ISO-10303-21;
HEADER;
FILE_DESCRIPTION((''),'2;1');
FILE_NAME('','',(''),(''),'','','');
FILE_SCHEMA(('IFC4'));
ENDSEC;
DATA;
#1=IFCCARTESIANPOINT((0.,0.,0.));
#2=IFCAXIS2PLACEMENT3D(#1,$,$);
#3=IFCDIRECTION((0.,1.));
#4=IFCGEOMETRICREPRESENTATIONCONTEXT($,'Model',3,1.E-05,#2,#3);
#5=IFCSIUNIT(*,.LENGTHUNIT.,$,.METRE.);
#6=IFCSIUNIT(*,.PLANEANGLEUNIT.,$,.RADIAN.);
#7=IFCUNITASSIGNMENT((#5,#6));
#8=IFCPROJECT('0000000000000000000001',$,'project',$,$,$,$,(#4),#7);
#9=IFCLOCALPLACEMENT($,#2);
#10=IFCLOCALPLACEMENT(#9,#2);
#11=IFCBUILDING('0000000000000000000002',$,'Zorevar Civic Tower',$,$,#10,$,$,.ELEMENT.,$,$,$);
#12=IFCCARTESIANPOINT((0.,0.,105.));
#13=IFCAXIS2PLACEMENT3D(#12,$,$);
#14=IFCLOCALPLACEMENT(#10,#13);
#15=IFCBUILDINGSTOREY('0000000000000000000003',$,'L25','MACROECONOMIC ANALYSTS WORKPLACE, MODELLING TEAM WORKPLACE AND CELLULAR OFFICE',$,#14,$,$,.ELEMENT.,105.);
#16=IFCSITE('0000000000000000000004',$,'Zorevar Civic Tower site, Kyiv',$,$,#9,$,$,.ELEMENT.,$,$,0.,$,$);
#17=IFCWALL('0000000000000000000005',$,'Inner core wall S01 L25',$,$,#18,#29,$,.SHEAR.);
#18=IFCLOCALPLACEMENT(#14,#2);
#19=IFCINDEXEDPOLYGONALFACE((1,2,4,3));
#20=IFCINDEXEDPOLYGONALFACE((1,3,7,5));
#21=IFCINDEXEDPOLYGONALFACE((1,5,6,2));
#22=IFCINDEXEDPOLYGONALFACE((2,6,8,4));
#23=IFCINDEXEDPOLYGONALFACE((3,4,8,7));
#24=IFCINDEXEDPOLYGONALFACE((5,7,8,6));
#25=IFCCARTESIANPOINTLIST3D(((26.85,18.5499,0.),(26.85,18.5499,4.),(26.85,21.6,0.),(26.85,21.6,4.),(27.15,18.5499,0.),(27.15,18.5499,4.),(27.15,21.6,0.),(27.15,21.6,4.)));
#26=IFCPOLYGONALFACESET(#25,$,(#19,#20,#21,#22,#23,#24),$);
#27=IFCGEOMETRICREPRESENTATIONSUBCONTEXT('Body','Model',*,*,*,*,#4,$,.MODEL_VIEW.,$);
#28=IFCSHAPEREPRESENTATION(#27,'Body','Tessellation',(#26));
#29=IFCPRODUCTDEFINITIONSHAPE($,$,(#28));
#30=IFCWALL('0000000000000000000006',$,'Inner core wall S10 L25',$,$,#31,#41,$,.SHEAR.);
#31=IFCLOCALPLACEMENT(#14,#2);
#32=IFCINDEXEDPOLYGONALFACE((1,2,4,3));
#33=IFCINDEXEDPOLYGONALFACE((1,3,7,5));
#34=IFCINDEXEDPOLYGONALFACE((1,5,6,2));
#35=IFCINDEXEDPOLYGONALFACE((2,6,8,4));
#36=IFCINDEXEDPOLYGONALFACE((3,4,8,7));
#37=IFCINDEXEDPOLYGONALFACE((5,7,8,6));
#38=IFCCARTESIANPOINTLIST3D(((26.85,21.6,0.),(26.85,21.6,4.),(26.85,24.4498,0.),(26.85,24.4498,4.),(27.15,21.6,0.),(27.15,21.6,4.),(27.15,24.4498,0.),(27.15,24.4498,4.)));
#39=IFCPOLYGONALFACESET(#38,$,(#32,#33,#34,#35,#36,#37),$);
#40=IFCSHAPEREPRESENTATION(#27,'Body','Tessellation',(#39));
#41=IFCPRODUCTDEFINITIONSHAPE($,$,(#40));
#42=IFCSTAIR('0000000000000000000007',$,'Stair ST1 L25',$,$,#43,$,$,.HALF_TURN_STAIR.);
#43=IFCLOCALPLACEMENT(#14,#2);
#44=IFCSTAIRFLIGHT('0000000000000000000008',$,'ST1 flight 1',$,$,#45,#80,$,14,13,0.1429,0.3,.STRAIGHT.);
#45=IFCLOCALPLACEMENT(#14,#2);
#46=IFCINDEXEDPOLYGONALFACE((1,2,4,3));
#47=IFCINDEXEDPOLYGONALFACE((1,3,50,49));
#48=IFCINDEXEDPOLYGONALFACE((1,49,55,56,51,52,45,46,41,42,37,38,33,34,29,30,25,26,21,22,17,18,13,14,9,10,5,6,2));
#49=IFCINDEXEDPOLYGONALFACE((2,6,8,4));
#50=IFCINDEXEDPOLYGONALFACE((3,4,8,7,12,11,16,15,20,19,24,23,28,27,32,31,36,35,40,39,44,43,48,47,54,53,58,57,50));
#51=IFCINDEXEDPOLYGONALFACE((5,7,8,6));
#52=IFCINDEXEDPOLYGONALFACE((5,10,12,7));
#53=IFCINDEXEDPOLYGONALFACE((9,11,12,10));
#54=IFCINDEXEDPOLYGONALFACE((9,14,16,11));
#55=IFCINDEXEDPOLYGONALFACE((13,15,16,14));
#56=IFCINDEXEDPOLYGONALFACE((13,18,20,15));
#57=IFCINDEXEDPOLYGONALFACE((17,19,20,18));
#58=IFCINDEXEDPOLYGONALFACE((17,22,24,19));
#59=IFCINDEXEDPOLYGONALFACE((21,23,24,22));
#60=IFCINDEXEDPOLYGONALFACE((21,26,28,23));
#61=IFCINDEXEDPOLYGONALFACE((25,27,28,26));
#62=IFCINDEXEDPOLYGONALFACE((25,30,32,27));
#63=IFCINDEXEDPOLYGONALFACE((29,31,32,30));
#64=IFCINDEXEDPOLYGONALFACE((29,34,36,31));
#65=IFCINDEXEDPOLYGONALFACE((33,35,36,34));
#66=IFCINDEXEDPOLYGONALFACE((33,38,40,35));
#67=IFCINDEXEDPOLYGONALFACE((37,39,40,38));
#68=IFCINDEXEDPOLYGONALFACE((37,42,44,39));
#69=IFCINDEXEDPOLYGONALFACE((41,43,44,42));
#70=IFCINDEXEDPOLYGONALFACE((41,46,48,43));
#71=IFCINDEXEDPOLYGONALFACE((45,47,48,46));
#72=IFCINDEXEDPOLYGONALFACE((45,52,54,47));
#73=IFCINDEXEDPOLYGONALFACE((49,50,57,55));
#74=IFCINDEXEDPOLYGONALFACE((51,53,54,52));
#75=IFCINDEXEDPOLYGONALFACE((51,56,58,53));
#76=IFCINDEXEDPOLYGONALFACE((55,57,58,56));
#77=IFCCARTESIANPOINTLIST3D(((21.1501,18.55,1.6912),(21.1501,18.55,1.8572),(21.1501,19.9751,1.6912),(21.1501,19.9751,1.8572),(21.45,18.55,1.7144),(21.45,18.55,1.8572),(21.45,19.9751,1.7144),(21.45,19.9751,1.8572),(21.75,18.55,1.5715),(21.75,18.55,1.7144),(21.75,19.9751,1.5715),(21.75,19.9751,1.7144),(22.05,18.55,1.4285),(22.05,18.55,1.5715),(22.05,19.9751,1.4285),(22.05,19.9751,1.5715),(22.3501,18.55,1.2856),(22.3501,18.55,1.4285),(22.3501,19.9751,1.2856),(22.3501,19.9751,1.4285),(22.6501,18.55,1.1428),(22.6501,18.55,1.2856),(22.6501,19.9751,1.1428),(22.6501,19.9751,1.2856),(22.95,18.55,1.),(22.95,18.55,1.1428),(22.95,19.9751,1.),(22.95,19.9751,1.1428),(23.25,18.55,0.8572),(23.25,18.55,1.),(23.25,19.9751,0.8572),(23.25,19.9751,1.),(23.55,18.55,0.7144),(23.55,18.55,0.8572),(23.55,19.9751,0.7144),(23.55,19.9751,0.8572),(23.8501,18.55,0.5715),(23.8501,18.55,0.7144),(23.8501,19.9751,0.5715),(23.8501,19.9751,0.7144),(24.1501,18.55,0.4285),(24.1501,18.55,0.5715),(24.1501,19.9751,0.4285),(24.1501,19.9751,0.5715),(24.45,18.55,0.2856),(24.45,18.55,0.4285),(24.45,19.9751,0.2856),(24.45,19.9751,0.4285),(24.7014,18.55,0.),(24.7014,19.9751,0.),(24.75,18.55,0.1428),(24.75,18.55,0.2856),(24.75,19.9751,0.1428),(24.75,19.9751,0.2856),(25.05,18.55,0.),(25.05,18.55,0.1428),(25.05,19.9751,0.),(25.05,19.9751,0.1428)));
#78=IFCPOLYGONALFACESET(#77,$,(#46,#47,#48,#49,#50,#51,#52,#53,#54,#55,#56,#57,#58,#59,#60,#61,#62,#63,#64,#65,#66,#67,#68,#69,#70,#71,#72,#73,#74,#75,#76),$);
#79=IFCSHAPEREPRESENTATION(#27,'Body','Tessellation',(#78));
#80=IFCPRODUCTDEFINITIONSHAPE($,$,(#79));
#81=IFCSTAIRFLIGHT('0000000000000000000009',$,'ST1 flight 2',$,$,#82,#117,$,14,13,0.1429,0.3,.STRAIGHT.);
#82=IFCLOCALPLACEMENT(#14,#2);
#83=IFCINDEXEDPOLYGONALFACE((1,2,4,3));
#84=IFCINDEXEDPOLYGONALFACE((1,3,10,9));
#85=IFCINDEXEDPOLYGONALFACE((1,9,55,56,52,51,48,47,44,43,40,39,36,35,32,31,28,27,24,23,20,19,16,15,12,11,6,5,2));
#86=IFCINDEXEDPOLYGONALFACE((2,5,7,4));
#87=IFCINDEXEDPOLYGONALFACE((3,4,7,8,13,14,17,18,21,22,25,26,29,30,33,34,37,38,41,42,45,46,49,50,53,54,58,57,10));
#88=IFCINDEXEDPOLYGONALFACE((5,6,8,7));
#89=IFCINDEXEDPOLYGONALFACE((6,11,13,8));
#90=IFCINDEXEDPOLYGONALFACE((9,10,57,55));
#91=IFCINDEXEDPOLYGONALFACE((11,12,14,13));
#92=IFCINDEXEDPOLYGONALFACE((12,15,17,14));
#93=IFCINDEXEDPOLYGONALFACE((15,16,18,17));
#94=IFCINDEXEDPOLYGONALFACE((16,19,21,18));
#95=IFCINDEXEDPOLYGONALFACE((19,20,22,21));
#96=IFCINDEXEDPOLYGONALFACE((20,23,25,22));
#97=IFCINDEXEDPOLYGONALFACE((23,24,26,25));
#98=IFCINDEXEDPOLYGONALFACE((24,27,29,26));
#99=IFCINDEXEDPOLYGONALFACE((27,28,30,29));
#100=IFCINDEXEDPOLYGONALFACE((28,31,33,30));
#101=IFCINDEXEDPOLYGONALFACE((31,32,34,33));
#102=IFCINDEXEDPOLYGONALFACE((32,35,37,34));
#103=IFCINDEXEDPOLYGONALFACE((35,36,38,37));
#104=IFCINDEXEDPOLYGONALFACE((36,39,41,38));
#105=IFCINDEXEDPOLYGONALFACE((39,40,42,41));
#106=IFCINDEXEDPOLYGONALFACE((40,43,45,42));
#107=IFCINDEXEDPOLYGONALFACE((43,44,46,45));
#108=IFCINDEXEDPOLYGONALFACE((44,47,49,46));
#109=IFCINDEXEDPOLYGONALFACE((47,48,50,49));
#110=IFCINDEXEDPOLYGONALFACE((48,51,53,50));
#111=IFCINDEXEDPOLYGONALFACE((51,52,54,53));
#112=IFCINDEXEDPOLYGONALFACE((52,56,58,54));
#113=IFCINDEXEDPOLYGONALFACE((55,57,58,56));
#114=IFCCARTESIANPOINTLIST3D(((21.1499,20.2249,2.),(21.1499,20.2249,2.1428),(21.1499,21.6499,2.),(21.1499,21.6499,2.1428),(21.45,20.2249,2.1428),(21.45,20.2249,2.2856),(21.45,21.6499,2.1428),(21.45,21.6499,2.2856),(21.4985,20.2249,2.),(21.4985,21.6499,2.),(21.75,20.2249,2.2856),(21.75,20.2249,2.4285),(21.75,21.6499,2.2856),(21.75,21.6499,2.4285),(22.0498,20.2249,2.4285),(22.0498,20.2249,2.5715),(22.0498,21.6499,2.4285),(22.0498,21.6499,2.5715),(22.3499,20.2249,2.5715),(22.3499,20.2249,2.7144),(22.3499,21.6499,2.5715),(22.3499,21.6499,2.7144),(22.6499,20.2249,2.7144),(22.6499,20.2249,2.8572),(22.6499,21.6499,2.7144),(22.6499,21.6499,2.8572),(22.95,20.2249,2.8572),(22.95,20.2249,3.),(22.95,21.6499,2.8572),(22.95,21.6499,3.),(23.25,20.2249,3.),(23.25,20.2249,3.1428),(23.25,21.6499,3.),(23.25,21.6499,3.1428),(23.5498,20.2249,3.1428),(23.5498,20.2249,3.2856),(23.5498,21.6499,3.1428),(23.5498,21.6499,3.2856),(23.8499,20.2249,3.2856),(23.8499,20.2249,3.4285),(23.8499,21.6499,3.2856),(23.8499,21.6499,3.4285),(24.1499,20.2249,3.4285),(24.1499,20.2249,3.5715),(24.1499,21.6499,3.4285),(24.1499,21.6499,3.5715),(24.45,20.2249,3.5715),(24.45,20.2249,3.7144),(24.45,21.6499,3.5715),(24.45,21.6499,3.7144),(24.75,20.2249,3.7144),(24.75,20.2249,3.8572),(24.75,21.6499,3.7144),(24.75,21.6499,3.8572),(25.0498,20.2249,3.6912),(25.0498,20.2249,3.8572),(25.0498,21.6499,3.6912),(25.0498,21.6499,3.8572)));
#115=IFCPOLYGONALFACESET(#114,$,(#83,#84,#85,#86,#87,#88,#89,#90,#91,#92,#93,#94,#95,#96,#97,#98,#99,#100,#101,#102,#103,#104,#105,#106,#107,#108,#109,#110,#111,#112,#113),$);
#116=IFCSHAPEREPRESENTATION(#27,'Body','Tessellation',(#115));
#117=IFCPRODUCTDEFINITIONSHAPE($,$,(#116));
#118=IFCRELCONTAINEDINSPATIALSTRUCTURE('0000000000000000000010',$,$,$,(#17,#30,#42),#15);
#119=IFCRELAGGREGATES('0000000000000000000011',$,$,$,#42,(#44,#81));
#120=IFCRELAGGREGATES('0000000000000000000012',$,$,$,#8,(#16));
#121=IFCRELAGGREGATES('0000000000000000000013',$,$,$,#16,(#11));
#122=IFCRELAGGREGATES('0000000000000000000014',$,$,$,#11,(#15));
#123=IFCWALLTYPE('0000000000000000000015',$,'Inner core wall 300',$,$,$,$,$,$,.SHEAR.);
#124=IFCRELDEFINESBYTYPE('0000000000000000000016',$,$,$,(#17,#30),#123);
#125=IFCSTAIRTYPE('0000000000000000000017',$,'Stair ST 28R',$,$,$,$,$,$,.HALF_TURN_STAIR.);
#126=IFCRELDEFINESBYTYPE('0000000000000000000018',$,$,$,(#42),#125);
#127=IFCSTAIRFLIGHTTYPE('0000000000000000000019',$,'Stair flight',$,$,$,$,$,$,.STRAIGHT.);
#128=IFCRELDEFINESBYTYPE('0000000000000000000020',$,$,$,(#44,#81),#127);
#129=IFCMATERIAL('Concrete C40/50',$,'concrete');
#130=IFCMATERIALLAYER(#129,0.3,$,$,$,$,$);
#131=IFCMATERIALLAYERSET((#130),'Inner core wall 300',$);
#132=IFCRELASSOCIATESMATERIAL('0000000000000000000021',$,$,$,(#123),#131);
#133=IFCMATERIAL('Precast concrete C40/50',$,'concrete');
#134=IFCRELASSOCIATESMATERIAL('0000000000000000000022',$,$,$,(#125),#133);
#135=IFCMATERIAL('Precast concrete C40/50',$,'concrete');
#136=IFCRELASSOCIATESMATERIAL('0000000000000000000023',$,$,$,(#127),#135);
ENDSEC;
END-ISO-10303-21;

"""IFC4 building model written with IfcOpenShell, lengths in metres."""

from ifc_helpers import new_model, si_unit, direction, frame, frame_2d, origin, place, context, subcontext, project, spatial, polyline, rectangle, outline, extrude, material, layer, layer_set, type_object, element, aggregate, save


model = new_model("IFC4")

# Units and contexts
model_context = context("Model", 3, precision=1e-05, world=origin(), true_north=direction((0.0, 1.0)))
body_context = subcontext(model_context, "Body", "Model", "MODEL_VIEW")
ifc_project = project(units=[si_unit("LENGTHUNIT", "METRE"), si_unit("PLANEANGLEUNIT", "RADIAN")], contexts=[model_context])

# Site, building, storey
site_placement = place(None, origin())
site = spatial("IfcSite", under=ifc_project, at=site_placement, Name="Zorevar Civic Tower site, Kyiv", CompositionType="ELEMENT", RefElevation=0.0)
building_placement = place(site_placement, origin())
building = spatial("IfcBuilding", under=site, at=building_placement, Name="Zorevar Civic Tower", CompositionType="ELEMENT")
storey_placement = place(building_placement, frame((0.0, 0.0, 105.0)))
storey = spatial("IfcBuildingStorey", under=building, at=storey_placement, Name="L25", Description="MACROECONOMIC ANALYSTS WORKPLACE, MODELLING TEAM WORKPLACE AND CELLULAR OFFICE", CompositionType="ELEMENT", Elevation=105.0)

# Walls
ifc_material_1 = material(Name="Concrete C40/50", Category="concrete")
ifc_layer_1 = layer(ifc_material_1, 0.3)
ifc_layer_set_1 = layer_set([ifc_layer_1], Name="Inner core wall 300")
wall_type_1 = type_object("IfcWallType", Name="Inner core wall 300", PredefinedType="SHEAR", material=ifc_layer_set_1)
wall_1_placement = place(storey_placement, frame((27.0, 18.55, 0.0), z_axis=(0.0, 0.0, 1.0), x_axis=(0.0, 1.0, 0.0)))
element("IfcWall", 1, at=wall_1_placement, inside=storey, type_object=wall_type_1, Name="Inner core wall S01 L25", PredefinedType="SHEAR", context=body_context, shape_type="SweptSolid", body=[
    extrude(rectangle(XDim=3.05, YDim=0.3, at=frame_2d((1.5249, 0.0))), origin(), (0.0, 0.0, 1.0), 4.0),
])
wall_2_placement = place(storey_placement, frame((27.0, 21.6001, 0.0), z_axis=(0.0, 0.0, 1.0), x_axis=(0.0, 1.0, 0.0)))
element("IfcWall", 2, at=wall_2_placement, inside=storey, type_object=wall_type_1, Name="Inner core wall S10 L25", PredefinedType="SHEAR", context=body_context, shape_type="SweptSolid", body=[
    extrude(rectangle(XDim=2.8499, YDim=0.3, at=frame_2d((1.4248, 0.0))), origin(), (0.0, 0.0, 1.0), 4.0),
])

# Stair, stair flights
ifc_material_2 = material(Name="Precast concrete C40/50", Category="concrete")
stair_type = type_object("IfcStairType", Name="Stair ST 28R", PredefinedType="HALF_TURN_STAIR", material=ifc_material_2)
stair_placement = place(storey_placement, origin())
stair = element("IfcStair", 3, at=stair_placement, inside=storey, type_object=stair_type, Name="Stair ST1 L25", PredefinedType="HALF_TURN_STAIR")
ifc_material_3 = material(Name="Precast concrete C40/50", Category="concrete")
stair_flight_type = type_object("IfcStairFlightType", Name="Stair flight", PredefinedType="STRAIGHT", material=ifc_material_3)
stair_flight_1_placement = place(storey_placement, frame((25.05, 19.2625, 0.0), z_axis=(0.0, 0.0, 1.0), x_axis=(-1.0, 0.0, 0.0)))
stair_flight_1 = element("IfcStairFlight", 4, at=stair_flight_1_placement, type_object=stair_flight_type, Name="ST1 flight 1", NumberOfRisers=14, NumberOfTreads=13, PredefinedType="STRAIGHT", RiserHeight=0.1429, TreadLength=0.3, context=body_context, shape_type="SweptSolid", body=[
    extrude(outline(polyline([(0.0, 0.0), (0.0, 0.1428), (0.3, 0.1428), (0.3, 0.2856), (0.6001, 0.2856), (0.6001, 0.4285), (0.8999, 0.4285), (0.8999, 0.5715), (1.2, 0.5715), (1.2, 0.7144), (1.5, 0.7144), (1.5, 0.8572), (1.8, 0.8572), (1.8, 1.0), (2.1001, 1.0), (2.1001, 1.1428), (2.3999, 1.1428), (2.3999, 1.2856), (2.7, 1.2856), (2.7, 1.4285), (3.0, 1.4285), (3.0, 1.5715), (3.3, 1.5715), (3.3, 1.7144), (3.6001, 1.7144), (3.6001, 1.8572), (3.8999, 1.8572), (3.8999, 2.0), (3.8999, 1.6912), (0.3486, 0.0), (0.0, 0.0)])), frame((0.0, 0.7124, 0.0), z_axis=(0.0, -1.0, 0.0), x_axis=(1.0, 0.0, 0.0)), (0.0, 0.0, 1.0), 1.425),
])
stair_flight_2_placement = place(storey_placement, frame((21.1499, 20.9375, 2.0), z_axis=(0.0, 0.0, 1.0), x_axis=(1.0, 0.0, 0.0)))
stair_flight_2 = element("IfcStairFlight", 5, at=stair_flight_2_placement, type_object=stair_flight_type, Name="ST1 flight 2", NumberOfRisers=14, NumberOfTreads=13, PredefinedType="STRAIGHT", RiserHeight=0.1429, TreadLength=0.3, context=body_context, shape_type="SweptSolid", body=[
    extrude(outline(polyline([(0.0, 0.0), (0.0, 0.1428), (0.3, 0.1428), (0.3, 0.2856), (0.6001, 0.2856), (0.6001, 0.4285), (0.8999, 0.4285), (0.8999, 0.5715), (1.2, 0.5715), (1.2, 0.7144), (1.5, 0.7144), (1.5, 0.8572), (1.8, 0.8572), (1.8, 1.0), (2.1001, 1.0), (2.1001, 1.1428), (2.3999, 1.1428), (2.3999, 1.2856), (2.7, 1.2856), (2.7, 1.4285), (3.0, 1.4285), (3.0, 1.5715), (3.3, 1.5715), (3.3, 1.7144), (3.6001, 1.7144), (3.6001, 1.8572), (3.8999, 1.8572), (3.8999, 2.0), (3.8999, 1.6912), (0.3486, 0.0), (0.0, 0.0)])), frame((0.0, 0.7124, 0.0), z_axis=(0.0, -1.0, 0.0), x_axis=(1.0, 0.0, 0.0)), (0.0, 0.0, 1.0), 1.425),
])
aggregate(stair, [stair_flight_1, stair_flight_2])

save(model, "model.ifc")
